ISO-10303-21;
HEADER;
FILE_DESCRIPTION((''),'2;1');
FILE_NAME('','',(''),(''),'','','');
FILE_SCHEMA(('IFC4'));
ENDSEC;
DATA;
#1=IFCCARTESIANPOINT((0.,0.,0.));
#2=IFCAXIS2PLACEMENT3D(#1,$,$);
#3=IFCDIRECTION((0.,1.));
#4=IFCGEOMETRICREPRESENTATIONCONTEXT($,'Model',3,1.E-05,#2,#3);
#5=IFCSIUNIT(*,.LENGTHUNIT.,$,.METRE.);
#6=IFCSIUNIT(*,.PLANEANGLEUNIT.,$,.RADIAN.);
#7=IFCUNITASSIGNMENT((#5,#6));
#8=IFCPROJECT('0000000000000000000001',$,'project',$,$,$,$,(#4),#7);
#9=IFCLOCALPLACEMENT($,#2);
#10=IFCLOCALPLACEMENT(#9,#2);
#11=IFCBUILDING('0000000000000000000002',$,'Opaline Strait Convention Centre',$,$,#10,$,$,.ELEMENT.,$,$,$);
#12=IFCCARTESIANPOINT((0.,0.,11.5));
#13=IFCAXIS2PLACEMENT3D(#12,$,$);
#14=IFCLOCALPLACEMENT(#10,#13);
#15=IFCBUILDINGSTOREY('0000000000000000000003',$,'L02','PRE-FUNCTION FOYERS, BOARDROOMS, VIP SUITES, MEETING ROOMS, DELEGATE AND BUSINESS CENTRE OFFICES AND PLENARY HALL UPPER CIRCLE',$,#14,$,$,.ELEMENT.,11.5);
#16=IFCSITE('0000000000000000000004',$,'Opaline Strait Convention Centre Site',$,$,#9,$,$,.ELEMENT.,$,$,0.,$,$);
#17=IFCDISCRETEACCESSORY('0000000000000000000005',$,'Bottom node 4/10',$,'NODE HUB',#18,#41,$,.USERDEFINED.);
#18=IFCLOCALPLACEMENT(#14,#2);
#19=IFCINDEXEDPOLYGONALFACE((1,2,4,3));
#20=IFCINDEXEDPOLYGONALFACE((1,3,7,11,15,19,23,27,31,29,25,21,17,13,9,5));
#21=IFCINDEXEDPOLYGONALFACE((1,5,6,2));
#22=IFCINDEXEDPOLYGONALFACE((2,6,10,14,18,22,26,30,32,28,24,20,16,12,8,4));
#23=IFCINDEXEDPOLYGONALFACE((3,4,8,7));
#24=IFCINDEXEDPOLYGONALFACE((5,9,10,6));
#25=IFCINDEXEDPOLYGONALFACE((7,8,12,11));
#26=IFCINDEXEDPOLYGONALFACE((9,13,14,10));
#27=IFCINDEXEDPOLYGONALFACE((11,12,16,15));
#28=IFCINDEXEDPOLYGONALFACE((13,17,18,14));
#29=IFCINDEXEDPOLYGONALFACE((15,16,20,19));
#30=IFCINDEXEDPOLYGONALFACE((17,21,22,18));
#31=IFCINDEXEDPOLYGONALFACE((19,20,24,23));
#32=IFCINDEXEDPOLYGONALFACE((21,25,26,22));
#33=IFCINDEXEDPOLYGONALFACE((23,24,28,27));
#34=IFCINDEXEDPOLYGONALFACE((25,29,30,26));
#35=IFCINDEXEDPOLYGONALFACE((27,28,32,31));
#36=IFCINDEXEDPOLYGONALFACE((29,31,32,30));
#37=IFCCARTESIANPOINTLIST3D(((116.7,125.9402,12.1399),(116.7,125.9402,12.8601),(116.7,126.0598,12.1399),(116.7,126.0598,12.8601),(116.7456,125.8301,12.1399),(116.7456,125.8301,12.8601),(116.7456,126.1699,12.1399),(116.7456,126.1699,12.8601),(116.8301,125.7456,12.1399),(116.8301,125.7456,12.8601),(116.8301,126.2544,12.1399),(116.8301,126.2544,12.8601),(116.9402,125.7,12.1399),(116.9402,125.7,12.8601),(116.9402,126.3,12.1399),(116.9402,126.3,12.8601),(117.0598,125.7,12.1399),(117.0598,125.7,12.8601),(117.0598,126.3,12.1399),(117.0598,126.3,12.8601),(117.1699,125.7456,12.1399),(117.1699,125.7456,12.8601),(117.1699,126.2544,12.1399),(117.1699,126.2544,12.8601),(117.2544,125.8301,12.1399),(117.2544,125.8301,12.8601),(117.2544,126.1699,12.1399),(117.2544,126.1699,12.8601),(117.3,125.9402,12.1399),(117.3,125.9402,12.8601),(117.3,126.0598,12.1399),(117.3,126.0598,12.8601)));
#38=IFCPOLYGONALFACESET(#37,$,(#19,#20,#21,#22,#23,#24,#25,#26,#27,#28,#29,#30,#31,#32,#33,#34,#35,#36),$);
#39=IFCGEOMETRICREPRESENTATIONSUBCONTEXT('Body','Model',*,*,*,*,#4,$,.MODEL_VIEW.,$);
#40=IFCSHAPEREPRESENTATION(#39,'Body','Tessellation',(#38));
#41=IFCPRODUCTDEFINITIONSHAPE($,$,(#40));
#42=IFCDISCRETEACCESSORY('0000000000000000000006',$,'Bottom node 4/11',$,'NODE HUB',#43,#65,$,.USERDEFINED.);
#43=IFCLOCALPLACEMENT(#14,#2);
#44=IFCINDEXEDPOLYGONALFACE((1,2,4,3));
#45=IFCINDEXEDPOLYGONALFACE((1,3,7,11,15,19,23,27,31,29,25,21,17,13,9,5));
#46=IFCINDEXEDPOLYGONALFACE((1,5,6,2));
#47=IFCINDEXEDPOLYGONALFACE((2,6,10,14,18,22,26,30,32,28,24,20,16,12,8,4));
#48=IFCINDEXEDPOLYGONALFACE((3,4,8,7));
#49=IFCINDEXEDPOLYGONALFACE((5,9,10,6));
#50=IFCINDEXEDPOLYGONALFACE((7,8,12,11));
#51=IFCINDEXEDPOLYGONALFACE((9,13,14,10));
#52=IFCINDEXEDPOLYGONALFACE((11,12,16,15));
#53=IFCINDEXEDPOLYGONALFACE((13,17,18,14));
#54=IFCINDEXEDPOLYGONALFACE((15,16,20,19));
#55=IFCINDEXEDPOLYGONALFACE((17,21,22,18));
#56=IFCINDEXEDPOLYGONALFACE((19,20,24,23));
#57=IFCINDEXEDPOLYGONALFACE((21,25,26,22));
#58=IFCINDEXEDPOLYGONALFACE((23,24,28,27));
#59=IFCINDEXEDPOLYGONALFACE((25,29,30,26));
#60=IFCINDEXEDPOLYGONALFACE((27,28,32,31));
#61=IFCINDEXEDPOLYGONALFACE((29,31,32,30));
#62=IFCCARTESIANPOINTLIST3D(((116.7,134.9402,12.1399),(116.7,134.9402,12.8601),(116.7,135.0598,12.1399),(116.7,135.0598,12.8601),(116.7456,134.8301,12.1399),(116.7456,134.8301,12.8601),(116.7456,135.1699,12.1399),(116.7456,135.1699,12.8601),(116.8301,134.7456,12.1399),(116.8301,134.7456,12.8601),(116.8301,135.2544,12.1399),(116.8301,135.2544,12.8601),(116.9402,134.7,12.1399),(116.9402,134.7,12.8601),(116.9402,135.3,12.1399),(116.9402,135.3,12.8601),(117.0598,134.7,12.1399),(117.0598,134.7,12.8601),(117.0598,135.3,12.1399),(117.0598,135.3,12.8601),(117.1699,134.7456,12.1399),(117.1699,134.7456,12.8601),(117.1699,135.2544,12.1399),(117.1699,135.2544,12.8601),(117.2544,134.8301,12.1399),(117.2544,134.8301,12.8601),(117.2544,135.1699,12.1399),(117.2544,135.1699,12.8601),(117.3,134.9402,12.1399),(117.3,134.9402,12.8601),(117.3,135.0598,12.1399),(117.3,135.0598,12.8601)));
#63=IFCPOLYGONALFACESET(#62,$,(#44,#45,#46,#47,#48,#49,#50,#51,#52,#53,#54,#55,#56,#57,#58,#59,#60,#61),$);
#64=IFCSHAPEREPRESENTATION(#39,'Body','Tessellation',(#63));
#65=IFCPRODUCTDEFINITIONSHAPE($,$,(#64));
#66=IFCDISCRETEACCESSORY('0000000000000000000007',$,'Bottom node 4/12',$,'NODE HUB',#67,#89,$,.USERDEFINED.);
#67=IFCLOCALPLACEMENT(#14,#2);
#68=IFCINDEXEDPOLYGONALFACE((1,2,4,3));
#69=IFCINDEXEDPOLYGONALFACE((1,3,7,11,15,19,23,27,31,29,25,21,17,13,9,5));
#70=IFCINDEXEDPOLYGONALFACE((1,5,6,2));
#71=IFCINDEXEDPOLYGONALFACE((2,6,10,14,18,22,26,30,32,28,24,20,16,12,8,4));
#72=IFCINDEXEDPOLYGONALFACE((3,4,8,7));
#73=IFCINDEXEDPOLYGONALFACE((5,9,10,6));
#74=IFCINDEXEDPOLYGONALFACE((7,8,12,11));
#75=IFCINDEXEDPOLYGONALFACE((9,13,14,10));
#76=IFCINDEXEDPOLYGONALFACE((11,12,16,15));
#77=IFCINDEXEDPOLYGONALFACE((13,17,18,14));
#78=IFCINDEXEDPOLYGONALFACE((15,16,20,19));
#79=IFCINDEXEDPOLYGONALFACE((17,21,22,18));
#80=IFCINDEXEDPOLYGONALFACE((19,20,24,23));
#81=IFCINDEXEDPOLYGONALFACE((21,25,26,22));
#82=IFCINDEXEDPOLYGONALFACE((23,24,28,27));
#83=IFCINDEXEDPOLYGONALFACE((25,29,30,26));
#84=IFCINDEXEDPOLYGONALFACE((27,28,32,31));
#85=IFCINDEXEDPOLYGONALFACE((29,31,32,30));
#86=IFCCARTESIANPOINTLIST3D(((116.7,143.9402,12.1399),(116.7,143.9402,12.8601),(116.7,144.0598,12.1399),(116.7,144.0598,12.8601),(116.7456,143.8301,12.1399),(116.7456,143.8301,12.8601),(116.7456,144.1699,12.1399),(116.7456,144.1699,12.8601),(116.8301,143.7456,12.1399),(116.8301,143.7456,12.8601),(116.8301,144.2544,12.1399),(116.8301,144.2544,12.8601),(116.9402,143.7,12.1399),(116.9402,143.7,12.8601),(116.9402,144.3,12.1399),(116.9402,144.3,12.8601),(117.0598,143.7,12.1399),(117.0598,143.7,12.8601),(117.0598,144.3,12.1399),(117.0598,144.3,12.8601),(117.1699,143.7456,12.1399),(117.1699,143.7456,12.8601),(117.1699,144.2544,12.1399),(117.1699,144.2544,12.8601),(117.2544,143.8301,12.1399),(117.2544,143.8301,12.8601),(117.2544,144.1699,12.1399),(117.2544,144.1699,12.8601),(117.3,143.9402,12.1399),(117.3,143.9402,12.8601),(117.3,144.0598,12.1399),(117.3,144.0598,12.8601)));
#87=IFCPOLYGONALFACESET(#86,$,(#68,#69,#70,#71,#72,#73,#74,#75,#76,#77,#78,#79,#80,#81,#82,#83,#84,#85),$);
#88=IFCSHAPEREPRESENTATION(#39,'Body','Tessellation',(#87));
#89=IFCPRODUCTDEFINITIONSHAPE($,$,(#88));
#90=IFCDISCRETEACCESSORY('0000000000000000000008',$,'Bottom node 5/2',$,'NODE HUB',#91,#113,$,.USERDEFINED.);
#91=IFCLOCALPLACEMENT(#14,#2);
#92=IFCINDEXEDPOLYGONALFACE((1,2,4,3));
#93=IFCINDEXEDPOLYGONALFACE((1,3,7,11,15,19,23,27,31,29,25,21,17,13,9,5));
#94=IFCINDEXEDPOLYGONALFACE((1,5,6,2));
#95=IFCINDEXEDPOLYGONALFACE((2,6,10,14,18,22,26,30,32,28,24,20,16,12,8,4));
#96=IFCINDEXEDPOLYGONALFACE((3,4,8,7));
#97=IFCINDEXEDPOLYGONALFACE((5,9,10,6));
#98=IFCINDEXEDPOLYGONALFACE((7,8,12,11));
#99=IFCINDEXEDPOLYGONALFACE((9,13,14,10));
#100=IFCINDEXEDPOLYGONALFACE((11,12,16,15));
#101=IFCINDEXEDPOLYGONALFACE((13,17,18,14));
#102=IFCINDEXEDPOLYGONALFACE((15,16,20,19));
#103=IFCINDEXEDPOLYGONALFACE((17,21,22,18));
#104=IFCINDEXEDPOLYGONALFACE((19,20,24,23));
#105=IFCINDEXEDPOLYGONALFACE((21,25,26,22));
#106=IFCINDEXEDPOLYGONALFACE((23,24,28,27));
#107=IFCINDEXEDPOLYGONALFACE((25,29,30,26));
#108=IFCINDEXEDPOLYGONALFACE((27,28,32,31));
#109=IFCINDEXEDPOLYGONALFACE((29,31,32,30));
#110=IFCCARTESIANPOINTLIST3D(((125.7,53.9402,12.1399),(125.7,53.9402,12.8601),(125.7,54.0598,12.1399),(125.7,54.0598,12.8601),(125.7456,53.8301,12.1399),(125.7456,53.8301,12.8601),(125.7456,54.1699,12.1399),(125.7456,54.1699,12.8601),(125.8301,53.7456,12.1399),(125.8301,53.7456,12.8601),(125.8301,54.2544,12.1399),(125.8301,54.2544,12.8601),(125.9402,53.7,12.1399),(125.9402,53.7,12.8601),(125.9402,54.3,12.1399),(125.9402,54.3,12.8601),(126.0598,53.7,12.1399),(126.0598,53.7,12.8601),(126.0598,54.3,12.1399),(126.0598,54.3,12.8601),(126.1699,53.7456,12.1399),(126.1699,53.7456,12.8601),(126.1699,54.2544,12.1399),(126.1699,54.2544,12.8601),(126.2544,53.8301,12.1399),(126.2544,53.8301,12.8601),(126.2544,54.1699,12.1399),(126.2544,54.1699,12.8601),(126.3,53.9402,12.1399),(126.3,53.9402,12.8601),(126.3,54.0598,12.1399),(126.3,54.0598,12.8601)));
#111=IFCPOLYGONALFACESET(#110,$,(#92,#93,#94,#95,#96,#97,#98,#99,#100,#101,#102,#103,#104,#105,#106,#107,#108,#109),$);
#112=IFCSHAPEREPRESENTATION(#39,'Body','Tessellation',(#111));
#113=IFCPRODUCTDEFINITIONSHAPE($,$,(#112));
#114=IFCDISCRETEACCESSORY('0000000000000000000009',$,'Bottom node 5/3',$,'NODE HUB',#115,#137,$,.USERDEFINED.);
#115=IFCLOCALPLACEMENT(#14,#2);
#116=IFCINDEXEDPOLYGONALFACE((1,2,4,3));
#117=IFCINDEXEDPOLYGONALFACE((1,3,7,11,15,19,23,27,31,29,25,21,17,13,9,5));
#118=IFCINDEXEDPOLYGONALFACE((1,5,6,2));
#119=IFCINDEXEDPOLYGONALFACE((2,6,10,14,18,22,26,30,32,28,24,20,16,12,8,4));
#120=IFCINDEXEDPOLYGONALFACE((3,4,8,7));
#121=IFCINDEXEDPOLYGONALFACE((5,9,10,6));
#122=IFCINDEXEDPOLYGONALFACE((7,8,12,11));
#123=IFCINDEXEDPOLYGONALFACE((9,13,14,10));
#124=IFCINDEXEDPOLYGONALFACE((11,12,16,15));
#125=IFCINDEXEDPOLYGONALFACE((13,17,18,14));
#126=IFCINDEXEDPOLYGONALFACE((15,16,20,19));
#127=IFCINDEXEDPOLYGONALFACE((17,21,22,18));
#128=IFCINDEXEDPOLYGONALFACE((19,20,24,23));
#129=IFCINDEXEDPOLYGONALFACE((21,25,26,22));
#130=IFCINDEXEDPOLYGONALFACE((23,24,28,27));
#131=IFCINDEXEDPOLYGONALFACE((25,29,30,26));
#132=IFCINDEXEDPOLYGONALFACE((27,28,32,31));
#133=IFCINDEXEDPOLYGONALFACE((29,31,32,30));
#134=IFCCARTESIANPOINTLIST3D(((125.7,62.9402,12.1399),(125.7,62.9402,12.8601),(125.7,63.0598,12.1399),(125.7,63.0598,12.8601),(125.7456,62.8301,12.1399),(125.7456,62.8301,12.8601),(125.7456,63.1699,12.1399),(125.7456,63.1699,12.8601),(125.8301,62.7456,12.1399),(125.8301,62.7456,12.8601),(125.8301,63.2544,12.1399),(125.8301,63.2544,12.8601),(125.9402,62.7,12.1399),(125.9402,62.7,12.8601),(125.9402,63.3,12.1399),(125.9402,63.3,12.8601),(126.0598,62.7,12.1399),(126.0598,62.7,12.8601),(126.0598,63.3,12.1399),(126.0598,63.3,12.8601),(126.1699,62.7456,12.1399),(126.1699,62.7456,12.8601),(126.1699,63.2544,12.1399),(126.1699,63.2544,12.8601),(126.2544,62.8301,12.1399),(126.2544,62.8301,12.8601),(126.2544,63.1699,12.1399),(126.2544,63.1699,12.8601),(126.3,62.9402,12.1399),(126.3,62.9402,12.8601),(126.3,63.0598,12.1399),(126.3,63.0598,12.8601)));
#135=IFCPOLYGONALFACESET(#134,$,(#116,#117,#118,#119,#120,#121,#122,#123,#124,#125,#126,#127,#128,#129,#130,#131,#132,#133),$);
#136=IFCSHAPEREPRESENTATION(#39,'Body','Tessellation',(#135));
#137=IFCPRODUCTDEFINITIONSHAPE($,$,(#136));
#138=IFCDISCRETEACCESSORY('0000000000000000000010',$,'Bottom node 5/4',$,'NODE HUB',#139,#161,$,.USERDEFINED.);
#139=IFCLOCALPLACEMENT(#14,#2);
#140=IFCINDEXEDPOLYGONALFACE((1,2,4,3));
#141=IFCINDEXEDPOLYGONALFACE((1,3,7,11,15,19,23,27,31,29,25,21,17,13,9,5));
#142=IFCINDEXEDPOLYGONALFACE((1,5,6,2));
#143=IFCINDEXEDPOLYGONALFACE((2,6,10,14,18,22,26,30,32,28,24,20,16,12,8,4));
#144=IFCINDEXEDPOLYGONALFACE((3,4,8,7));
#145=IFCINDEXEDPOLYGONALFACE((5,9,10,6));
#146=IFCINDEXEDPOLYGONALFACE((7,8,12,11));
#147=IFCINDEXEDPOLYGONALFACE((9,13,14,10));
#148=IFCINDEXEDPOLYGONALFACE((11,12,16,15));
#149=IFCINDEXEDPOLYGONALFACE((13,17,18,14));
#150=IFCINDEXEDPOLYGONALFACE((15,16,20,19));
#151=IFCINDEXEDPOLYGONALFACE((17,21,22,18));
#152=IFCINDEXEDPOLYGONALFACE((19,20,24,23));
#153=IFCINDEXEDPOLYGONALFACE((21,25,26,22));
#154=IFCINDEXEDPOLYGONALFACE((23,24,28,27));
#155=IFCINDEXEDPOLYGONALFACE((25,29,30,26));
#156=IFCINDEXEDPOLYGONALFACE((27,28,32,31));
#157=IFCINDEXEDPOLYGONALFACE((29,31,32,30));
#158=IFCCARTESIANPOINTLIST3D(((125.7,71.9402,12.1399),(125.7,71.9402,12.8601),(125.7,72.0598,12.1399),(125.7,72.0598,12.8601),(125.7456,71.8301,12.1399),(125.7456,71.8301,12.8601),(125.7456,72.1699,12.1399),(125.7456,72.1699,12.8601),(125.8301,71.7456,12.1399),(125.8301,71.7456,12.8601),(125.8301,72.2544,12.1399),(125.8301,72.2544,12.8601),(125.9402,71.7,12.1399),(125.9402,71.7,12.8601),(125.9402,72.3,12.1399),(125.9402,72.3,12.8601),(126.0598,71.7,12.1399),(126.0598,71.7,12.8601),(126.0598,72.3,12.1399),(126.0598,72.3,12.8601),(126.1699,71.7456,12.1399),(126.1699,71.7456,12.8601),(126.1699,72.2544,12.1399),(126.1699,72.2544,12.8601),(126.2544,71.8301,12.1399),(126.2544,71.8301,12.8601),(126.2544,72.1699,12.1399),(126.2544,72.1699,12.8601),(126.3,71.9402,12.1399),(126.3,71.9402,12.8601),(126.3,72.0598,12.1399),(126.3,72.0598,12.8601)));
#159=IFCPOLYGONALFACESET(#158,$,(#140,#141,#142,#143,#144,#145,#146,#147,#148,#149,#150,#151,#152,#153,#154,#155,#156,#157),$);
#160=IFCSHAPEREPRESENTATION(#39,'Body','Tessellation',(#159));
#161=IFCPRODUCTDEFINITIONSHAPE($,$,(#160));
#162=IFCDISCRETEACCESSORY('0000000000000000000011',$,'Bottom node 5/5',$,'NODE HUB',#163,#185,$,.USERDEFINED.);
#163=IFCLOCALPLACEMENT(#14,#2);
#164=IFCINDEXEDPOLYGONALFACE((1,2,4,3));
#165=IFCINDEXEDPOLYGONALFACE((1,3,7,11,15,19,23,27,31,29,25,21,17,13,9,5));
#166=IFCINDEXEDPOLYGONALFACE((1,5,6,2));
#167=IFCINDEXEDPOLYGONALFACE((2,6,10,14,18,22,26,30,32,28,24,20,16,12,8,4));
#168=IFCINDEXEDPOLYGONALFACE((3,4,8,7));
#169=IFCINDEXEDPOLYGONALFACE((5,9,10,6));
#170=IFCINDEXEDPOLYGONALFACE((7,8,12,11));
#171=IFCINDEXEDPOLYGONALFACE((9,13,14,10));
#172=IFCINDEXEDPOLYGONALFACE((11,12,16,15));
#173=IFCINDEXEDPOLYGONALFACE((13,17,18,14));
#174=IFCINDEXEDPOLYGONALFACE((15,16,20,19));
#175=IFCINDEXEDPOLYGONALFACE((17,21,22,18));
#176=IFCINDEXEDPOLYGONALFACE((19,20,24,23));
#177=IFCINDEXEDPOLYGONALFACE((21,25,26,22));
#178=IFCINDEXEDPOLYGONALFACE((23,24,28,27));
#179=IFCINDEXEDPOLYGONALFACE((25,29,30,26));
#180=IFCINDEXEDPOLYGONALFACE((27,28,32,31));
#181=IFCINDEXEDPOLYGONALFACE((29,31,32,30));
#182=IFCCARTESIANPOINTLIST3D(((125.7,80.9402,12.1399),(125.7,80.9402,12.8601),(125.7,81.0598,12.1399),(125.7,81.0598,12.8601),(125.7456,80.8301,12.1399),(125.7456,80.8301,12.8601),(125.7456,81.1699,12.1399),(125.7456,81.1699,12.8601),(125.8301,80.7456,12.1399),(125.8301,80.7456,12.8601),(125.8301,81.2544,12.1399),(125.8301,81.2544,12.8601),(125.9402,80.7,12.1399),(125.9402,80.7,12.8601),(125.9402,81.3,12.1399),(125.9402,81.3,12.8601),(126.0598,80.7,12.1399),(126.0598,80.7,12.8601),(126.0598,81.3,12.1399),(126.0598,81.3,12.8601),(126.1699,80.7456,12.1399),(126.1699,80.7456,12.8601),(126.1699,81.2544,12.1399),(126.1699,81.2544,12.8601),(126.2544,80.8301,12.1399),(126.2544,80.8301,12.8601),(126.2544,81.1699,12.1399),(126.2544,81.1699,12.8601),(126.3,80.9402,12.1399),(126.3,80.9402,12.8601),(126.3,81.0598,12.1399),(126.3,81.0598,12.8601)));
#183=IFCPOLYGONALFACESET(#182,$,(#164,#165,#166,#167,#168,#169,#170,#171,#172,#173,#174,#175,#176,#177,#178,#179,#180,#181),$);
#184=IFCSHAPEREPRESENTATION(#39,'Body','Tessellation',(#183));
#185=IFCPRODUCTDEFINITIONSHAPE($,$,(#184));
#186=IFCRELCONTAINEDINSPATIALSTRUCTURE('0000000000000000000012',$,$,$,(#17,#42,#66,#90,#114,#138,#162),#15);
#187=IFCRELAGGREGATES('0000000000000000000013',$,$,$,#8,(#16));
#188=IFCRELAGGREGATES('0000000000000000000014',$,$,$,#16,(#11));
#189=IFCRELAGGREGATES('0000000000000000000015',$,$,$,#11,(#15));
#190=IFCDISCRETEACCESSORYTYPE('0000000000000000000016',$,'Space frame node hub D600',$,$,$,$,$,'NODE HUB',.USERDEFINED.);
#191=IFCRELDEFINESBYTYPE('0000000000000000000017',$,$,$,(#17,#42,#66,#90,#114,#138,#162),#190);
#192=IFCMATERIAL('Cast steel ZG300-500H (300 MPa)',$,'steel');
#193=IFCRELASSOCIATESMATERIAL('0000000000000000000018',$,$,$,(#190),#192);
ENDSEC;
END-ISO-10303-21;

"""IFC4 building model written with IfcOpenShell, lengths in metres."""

from ifc_helpers import new_model, si_unit, direction, frame, origin, place, context, subcontext, project, spatial, polyline, outline, extrude, material, type_object, element, save


model = new_model("IFC4")

# Units and contexts
model_context = context("Model", 3, precision=1e-05, world=origin(), true_north=direction((0.0, 1.0)))
body_context = subcontext(model_context, "Body", "Model", "MODEL_VIEW")
ifc_project = project(units=[si_unit("LENGTHUNIT", "METRE"), si_unit("PLANEANGLEUNIT", "RADIAN")], contexts=[model_context])

# Site, building, storey
site_placement = place(None, origin())
site = spatial("IfcSite", under=ifc_project, at=site_placement, Name="Opaline Strait Convention Centre Site", CompositionType="ELEMENT", RefElevation=0.0)
building_placement = place(site_placement, origin())
building = spatial("IfcBuilding", under=site, at=building_placement, Name="Opaline Strait Convention Centre", CompositionType="ELEMENT")
storey_placement = place(building_placement, frame((0.0, 0.0, 11.5)))
storey = spatial("IfcBuildingStorey", under=building, at=storey_placement, Name="L02", Description="PRE-FUNCTION FOYERS, BOARDROOMS, VIP SUITES, MEETING ROOMS, DELEGATE AND BUSINESS CENTRE OFFICES AND PLENARY HALL UPPER CIRCLE", CompositionType="ELEMENT", Elevation=11.5)

# Discrete accessories
ifc_material = material(Name="Cast steel ZG300-500H (300 MPa)", Category="steel")
discrete_accessory_type_1 = type_object("IfcDiscreteAccessoryType", Name="Space frame node hub D600", ElementType="NODE HUB", PredefinedType="USERDEFINED", material=ifc_material)
discrete_accessory_1_placement = place(storey_placement, frame((0.0, 0.0, 12.1399)))
element("IfcDiscreteAccessory", 1, at=discrete_accessory_1_placement, inside=storey, type_object=discrete_accessory_type_1, Name="Bottom node 4/10", ObjectType="NODE HUB", PredefinedType="USERDEFINED", context=body_context, shape_type="SweptSolid", body=[
    extrude(outline(polyline([(117.3, 126.0598), (117.2544, 126.1699), (117.1699, 126.2544), (117.0598, 126.3), (116.9402, 126.3), (116.8301, 126.2544), (116.7456, 126.1699), (116.7, 126.0598), (116.7, 125.9402), (116.7456, 125.8301), (116.8301, 125.7456), (116.9402, 125.7), (117.0598, 125.7), (117.1699, 125.7456), (117.2544, 125.8301), (117.3, 125.9402), (117.3, 126.0598)])), origin(), (0.0, 0.0, 1.0), 0.7202),
])
discrete_accessory_2_placement = place(storey_placement, frame((0.0, 0.0, 12.1399)))
element("IfcDiscreteAccessory", 2, at=discrete_accessory_2_placement, inside=storey, type_object=discrete_accessory_type_1, Name="Bottom node 4/11", ObjectType="NODE HUB", PredefinedType="USERDEFINED", context=body_context, shape_type="SweptSolid", body=[
    extrude(outline(polyline([(117.3, 135.0598), (117.2544, 135.1699), (117.1699, 135.2544), (117.0598, 135.3), (116.9402, 135.3), (116.8301, 135.2544), (116.7456, 135.1699), (116.7, 135.0598), (116.7, 134.9402), (116.7456, 134.8301), (116.8301, 134.7456), (116.9402, 134.7), (117.0598, 134.7), (117.1699, 134.7456), (117.2544, 134.8301), (117.3, 134.9402), (117.3, 135.0598)])), origin(), (0.0, 0.0, 1.0), 0.7202),
])
discrete_accessory_3_placement = place(storey_placement, frame((0.0, 0.0, 12.1399)))
element("IfcDiscreteAccessory", 3, at=discrete_accessory_3_placement, inside=storey, type_object=discrete_accessory_type_1, Name="Bottom node 4/12", ObjectType="NODE HUB", PredefinedType="USERDEFINED", context=body_context, shape_type="SweptSolid", body=[
    extrude(outline(polyline([(117.3, 144.0598), (117.2544, 144.1699), (117.1699, 144.2544), (117.0598, 144.3), (116.9402, 144.3), (116.8301, 144.2544), (116.7456, 144.1699), (116.7, 144.0598), (116.7, 143.9402), (116.7456, 143.8301), (116.8301, 143.7456), (116.9402, 143.7), (117.0598, 143.7), (117.1699, 143.7456), (117.2544, 143.8301), (117.3, 143.9402), (117.3, 144.0598)])), origin(), (0.0, 0.0, 1.0), 0.7202),
])
discrete_accessory_4_placement = place(storey_placement, frame((0.0, 0.0, 12.1399)))
element("IfcDiscreteAccessory", 4, at=discrete_accessory_4_placement, inside=storey, type_object=discrete_accessory_type_1, Name="Bottom node 5/2", ObjectType="NODE HUB", PredefinedType="USERDEFINED", context=body_context, shape_type="SweptSolid", body=[
    extrude(outline(polyline([(126.3, 54.0598), (126.2544, 54.1699), (126.1699, 54.2544), (126.0598, 54.3), (125.9402, 54.3), (125.8301, 54.2544), (125.7456, 54.1699), (125.7, 54.0598), (125.7, 53.9402), (125.7456, 53.8301), (125.8301, 53.7456), (125.9402, 53.7), (126.0598, 53.7), (126.1699, 53.7456), (126.2544, 53.8301), (126.3, 53.9402), (126.3, 54.0598)])), origin(), (0.0, 0.0, 1.0), 0.7202),
])
discrete_accessory_5_placement = place(storey_placement, frame((0.0, 0.0, 12.1399)))
element("IfcDiscreteAccessory", 5, at=discrete_accessory_5_placement, inside=storey, type_object=discrete_accessory_type_1, Name="Bottom node 5/3", ObjectType="NODE HUB", PredefinedType="USERDEFINED", context=body_context, shape_type="SweptSolid", body=[
    extrude(outline(polyline([(126.3, 63.0598), (126.2544, 63.1699), (126.1699, 63.2544), (126.0598, 63.3), (125.9402, 63.3), (125.8301, 63.2544), (125.7456, 63.1699), (125.7, 63.0598), (125.7, 62.9402), (125.7456, 62.8301), (125.8301, 62.7456), (125.9402, 62.7), (126.0598, 62.7), (126.1699, 62.7456), (126.2544, 62.8301), (126.3, 62.9402), (126.3, 63.0598)])), origin(), (0.0, 0.0, 1.0), 0.7202),
])
discrete_accessory_6_placement = place(storey_placement, frame((0.0, 0.0, 12.1399)))
element("IfcDiscreteAccessory", 6, at=discrete_accessory_6_placement, inside=storey, type_object=discrete_accessory_type_1, Name="Bottom node 5/4", ObjectType="NODE HUB", PredefinedType="USERDEFINED", context=body_context, shape_type="SweptSolid", body=[
    extrude(outline(polyline([(126.3, 72.0598), (126.2544, 72.1699), (126.1699, 72.2544), (126.0598, 72.3), (125.9402, 72.3), (125.8301, 72.2544), (125.7456, 72.1699), (125.7, 72.0598), (125.7, 71.9402), (125.7456, 71.8301), (125.8301, 71.7456), (125.9402, 71.7), (126.0598, 71.7), (126.1699, 71.7456), (126.2544, 71.8301), (126.3, 71.9402), (126.3, 72.0598)])), origin(), (0.0, 0.0, 1.0), 0.7202),
])
discrete_accessory_7_placement = place(storey_placement, frame((0.0, 0.0, 12.1399)))
element("IfcDiscreteAccessory", 7, at=discrete_accessory_7_placement, inside=storey, type_object=discrete_accessory_type_1, Name="Bottom node 5/5", ObjectType="NODE HUB", PredefinedType="USERDEFINED", context=body_context, shape_type="SweptSolid", body=[
    extrude(outline(polyline([(126.3, 81.0598), (126.2544, 81.1699), (126.1699, 81.2544), (126.0598, 81.3), (125.9402, 81.3), (125.8301, 81.2544), (125.7456, 81.1699), (125.7, 81.0598), (125.7, 80.9402), (125.7456, 80.8301), (125.8301, 80.7456), (125.9402, 80.7), (126.0598, 80.7), (126.1699, 80.7456), (126.2544, 80.8301), (126.3, 80.9402), (126.3, 81.0598)])), origin(), (0.0, 0.0, 1.0), 0.7202),
])

save(model, "model.ifc")
